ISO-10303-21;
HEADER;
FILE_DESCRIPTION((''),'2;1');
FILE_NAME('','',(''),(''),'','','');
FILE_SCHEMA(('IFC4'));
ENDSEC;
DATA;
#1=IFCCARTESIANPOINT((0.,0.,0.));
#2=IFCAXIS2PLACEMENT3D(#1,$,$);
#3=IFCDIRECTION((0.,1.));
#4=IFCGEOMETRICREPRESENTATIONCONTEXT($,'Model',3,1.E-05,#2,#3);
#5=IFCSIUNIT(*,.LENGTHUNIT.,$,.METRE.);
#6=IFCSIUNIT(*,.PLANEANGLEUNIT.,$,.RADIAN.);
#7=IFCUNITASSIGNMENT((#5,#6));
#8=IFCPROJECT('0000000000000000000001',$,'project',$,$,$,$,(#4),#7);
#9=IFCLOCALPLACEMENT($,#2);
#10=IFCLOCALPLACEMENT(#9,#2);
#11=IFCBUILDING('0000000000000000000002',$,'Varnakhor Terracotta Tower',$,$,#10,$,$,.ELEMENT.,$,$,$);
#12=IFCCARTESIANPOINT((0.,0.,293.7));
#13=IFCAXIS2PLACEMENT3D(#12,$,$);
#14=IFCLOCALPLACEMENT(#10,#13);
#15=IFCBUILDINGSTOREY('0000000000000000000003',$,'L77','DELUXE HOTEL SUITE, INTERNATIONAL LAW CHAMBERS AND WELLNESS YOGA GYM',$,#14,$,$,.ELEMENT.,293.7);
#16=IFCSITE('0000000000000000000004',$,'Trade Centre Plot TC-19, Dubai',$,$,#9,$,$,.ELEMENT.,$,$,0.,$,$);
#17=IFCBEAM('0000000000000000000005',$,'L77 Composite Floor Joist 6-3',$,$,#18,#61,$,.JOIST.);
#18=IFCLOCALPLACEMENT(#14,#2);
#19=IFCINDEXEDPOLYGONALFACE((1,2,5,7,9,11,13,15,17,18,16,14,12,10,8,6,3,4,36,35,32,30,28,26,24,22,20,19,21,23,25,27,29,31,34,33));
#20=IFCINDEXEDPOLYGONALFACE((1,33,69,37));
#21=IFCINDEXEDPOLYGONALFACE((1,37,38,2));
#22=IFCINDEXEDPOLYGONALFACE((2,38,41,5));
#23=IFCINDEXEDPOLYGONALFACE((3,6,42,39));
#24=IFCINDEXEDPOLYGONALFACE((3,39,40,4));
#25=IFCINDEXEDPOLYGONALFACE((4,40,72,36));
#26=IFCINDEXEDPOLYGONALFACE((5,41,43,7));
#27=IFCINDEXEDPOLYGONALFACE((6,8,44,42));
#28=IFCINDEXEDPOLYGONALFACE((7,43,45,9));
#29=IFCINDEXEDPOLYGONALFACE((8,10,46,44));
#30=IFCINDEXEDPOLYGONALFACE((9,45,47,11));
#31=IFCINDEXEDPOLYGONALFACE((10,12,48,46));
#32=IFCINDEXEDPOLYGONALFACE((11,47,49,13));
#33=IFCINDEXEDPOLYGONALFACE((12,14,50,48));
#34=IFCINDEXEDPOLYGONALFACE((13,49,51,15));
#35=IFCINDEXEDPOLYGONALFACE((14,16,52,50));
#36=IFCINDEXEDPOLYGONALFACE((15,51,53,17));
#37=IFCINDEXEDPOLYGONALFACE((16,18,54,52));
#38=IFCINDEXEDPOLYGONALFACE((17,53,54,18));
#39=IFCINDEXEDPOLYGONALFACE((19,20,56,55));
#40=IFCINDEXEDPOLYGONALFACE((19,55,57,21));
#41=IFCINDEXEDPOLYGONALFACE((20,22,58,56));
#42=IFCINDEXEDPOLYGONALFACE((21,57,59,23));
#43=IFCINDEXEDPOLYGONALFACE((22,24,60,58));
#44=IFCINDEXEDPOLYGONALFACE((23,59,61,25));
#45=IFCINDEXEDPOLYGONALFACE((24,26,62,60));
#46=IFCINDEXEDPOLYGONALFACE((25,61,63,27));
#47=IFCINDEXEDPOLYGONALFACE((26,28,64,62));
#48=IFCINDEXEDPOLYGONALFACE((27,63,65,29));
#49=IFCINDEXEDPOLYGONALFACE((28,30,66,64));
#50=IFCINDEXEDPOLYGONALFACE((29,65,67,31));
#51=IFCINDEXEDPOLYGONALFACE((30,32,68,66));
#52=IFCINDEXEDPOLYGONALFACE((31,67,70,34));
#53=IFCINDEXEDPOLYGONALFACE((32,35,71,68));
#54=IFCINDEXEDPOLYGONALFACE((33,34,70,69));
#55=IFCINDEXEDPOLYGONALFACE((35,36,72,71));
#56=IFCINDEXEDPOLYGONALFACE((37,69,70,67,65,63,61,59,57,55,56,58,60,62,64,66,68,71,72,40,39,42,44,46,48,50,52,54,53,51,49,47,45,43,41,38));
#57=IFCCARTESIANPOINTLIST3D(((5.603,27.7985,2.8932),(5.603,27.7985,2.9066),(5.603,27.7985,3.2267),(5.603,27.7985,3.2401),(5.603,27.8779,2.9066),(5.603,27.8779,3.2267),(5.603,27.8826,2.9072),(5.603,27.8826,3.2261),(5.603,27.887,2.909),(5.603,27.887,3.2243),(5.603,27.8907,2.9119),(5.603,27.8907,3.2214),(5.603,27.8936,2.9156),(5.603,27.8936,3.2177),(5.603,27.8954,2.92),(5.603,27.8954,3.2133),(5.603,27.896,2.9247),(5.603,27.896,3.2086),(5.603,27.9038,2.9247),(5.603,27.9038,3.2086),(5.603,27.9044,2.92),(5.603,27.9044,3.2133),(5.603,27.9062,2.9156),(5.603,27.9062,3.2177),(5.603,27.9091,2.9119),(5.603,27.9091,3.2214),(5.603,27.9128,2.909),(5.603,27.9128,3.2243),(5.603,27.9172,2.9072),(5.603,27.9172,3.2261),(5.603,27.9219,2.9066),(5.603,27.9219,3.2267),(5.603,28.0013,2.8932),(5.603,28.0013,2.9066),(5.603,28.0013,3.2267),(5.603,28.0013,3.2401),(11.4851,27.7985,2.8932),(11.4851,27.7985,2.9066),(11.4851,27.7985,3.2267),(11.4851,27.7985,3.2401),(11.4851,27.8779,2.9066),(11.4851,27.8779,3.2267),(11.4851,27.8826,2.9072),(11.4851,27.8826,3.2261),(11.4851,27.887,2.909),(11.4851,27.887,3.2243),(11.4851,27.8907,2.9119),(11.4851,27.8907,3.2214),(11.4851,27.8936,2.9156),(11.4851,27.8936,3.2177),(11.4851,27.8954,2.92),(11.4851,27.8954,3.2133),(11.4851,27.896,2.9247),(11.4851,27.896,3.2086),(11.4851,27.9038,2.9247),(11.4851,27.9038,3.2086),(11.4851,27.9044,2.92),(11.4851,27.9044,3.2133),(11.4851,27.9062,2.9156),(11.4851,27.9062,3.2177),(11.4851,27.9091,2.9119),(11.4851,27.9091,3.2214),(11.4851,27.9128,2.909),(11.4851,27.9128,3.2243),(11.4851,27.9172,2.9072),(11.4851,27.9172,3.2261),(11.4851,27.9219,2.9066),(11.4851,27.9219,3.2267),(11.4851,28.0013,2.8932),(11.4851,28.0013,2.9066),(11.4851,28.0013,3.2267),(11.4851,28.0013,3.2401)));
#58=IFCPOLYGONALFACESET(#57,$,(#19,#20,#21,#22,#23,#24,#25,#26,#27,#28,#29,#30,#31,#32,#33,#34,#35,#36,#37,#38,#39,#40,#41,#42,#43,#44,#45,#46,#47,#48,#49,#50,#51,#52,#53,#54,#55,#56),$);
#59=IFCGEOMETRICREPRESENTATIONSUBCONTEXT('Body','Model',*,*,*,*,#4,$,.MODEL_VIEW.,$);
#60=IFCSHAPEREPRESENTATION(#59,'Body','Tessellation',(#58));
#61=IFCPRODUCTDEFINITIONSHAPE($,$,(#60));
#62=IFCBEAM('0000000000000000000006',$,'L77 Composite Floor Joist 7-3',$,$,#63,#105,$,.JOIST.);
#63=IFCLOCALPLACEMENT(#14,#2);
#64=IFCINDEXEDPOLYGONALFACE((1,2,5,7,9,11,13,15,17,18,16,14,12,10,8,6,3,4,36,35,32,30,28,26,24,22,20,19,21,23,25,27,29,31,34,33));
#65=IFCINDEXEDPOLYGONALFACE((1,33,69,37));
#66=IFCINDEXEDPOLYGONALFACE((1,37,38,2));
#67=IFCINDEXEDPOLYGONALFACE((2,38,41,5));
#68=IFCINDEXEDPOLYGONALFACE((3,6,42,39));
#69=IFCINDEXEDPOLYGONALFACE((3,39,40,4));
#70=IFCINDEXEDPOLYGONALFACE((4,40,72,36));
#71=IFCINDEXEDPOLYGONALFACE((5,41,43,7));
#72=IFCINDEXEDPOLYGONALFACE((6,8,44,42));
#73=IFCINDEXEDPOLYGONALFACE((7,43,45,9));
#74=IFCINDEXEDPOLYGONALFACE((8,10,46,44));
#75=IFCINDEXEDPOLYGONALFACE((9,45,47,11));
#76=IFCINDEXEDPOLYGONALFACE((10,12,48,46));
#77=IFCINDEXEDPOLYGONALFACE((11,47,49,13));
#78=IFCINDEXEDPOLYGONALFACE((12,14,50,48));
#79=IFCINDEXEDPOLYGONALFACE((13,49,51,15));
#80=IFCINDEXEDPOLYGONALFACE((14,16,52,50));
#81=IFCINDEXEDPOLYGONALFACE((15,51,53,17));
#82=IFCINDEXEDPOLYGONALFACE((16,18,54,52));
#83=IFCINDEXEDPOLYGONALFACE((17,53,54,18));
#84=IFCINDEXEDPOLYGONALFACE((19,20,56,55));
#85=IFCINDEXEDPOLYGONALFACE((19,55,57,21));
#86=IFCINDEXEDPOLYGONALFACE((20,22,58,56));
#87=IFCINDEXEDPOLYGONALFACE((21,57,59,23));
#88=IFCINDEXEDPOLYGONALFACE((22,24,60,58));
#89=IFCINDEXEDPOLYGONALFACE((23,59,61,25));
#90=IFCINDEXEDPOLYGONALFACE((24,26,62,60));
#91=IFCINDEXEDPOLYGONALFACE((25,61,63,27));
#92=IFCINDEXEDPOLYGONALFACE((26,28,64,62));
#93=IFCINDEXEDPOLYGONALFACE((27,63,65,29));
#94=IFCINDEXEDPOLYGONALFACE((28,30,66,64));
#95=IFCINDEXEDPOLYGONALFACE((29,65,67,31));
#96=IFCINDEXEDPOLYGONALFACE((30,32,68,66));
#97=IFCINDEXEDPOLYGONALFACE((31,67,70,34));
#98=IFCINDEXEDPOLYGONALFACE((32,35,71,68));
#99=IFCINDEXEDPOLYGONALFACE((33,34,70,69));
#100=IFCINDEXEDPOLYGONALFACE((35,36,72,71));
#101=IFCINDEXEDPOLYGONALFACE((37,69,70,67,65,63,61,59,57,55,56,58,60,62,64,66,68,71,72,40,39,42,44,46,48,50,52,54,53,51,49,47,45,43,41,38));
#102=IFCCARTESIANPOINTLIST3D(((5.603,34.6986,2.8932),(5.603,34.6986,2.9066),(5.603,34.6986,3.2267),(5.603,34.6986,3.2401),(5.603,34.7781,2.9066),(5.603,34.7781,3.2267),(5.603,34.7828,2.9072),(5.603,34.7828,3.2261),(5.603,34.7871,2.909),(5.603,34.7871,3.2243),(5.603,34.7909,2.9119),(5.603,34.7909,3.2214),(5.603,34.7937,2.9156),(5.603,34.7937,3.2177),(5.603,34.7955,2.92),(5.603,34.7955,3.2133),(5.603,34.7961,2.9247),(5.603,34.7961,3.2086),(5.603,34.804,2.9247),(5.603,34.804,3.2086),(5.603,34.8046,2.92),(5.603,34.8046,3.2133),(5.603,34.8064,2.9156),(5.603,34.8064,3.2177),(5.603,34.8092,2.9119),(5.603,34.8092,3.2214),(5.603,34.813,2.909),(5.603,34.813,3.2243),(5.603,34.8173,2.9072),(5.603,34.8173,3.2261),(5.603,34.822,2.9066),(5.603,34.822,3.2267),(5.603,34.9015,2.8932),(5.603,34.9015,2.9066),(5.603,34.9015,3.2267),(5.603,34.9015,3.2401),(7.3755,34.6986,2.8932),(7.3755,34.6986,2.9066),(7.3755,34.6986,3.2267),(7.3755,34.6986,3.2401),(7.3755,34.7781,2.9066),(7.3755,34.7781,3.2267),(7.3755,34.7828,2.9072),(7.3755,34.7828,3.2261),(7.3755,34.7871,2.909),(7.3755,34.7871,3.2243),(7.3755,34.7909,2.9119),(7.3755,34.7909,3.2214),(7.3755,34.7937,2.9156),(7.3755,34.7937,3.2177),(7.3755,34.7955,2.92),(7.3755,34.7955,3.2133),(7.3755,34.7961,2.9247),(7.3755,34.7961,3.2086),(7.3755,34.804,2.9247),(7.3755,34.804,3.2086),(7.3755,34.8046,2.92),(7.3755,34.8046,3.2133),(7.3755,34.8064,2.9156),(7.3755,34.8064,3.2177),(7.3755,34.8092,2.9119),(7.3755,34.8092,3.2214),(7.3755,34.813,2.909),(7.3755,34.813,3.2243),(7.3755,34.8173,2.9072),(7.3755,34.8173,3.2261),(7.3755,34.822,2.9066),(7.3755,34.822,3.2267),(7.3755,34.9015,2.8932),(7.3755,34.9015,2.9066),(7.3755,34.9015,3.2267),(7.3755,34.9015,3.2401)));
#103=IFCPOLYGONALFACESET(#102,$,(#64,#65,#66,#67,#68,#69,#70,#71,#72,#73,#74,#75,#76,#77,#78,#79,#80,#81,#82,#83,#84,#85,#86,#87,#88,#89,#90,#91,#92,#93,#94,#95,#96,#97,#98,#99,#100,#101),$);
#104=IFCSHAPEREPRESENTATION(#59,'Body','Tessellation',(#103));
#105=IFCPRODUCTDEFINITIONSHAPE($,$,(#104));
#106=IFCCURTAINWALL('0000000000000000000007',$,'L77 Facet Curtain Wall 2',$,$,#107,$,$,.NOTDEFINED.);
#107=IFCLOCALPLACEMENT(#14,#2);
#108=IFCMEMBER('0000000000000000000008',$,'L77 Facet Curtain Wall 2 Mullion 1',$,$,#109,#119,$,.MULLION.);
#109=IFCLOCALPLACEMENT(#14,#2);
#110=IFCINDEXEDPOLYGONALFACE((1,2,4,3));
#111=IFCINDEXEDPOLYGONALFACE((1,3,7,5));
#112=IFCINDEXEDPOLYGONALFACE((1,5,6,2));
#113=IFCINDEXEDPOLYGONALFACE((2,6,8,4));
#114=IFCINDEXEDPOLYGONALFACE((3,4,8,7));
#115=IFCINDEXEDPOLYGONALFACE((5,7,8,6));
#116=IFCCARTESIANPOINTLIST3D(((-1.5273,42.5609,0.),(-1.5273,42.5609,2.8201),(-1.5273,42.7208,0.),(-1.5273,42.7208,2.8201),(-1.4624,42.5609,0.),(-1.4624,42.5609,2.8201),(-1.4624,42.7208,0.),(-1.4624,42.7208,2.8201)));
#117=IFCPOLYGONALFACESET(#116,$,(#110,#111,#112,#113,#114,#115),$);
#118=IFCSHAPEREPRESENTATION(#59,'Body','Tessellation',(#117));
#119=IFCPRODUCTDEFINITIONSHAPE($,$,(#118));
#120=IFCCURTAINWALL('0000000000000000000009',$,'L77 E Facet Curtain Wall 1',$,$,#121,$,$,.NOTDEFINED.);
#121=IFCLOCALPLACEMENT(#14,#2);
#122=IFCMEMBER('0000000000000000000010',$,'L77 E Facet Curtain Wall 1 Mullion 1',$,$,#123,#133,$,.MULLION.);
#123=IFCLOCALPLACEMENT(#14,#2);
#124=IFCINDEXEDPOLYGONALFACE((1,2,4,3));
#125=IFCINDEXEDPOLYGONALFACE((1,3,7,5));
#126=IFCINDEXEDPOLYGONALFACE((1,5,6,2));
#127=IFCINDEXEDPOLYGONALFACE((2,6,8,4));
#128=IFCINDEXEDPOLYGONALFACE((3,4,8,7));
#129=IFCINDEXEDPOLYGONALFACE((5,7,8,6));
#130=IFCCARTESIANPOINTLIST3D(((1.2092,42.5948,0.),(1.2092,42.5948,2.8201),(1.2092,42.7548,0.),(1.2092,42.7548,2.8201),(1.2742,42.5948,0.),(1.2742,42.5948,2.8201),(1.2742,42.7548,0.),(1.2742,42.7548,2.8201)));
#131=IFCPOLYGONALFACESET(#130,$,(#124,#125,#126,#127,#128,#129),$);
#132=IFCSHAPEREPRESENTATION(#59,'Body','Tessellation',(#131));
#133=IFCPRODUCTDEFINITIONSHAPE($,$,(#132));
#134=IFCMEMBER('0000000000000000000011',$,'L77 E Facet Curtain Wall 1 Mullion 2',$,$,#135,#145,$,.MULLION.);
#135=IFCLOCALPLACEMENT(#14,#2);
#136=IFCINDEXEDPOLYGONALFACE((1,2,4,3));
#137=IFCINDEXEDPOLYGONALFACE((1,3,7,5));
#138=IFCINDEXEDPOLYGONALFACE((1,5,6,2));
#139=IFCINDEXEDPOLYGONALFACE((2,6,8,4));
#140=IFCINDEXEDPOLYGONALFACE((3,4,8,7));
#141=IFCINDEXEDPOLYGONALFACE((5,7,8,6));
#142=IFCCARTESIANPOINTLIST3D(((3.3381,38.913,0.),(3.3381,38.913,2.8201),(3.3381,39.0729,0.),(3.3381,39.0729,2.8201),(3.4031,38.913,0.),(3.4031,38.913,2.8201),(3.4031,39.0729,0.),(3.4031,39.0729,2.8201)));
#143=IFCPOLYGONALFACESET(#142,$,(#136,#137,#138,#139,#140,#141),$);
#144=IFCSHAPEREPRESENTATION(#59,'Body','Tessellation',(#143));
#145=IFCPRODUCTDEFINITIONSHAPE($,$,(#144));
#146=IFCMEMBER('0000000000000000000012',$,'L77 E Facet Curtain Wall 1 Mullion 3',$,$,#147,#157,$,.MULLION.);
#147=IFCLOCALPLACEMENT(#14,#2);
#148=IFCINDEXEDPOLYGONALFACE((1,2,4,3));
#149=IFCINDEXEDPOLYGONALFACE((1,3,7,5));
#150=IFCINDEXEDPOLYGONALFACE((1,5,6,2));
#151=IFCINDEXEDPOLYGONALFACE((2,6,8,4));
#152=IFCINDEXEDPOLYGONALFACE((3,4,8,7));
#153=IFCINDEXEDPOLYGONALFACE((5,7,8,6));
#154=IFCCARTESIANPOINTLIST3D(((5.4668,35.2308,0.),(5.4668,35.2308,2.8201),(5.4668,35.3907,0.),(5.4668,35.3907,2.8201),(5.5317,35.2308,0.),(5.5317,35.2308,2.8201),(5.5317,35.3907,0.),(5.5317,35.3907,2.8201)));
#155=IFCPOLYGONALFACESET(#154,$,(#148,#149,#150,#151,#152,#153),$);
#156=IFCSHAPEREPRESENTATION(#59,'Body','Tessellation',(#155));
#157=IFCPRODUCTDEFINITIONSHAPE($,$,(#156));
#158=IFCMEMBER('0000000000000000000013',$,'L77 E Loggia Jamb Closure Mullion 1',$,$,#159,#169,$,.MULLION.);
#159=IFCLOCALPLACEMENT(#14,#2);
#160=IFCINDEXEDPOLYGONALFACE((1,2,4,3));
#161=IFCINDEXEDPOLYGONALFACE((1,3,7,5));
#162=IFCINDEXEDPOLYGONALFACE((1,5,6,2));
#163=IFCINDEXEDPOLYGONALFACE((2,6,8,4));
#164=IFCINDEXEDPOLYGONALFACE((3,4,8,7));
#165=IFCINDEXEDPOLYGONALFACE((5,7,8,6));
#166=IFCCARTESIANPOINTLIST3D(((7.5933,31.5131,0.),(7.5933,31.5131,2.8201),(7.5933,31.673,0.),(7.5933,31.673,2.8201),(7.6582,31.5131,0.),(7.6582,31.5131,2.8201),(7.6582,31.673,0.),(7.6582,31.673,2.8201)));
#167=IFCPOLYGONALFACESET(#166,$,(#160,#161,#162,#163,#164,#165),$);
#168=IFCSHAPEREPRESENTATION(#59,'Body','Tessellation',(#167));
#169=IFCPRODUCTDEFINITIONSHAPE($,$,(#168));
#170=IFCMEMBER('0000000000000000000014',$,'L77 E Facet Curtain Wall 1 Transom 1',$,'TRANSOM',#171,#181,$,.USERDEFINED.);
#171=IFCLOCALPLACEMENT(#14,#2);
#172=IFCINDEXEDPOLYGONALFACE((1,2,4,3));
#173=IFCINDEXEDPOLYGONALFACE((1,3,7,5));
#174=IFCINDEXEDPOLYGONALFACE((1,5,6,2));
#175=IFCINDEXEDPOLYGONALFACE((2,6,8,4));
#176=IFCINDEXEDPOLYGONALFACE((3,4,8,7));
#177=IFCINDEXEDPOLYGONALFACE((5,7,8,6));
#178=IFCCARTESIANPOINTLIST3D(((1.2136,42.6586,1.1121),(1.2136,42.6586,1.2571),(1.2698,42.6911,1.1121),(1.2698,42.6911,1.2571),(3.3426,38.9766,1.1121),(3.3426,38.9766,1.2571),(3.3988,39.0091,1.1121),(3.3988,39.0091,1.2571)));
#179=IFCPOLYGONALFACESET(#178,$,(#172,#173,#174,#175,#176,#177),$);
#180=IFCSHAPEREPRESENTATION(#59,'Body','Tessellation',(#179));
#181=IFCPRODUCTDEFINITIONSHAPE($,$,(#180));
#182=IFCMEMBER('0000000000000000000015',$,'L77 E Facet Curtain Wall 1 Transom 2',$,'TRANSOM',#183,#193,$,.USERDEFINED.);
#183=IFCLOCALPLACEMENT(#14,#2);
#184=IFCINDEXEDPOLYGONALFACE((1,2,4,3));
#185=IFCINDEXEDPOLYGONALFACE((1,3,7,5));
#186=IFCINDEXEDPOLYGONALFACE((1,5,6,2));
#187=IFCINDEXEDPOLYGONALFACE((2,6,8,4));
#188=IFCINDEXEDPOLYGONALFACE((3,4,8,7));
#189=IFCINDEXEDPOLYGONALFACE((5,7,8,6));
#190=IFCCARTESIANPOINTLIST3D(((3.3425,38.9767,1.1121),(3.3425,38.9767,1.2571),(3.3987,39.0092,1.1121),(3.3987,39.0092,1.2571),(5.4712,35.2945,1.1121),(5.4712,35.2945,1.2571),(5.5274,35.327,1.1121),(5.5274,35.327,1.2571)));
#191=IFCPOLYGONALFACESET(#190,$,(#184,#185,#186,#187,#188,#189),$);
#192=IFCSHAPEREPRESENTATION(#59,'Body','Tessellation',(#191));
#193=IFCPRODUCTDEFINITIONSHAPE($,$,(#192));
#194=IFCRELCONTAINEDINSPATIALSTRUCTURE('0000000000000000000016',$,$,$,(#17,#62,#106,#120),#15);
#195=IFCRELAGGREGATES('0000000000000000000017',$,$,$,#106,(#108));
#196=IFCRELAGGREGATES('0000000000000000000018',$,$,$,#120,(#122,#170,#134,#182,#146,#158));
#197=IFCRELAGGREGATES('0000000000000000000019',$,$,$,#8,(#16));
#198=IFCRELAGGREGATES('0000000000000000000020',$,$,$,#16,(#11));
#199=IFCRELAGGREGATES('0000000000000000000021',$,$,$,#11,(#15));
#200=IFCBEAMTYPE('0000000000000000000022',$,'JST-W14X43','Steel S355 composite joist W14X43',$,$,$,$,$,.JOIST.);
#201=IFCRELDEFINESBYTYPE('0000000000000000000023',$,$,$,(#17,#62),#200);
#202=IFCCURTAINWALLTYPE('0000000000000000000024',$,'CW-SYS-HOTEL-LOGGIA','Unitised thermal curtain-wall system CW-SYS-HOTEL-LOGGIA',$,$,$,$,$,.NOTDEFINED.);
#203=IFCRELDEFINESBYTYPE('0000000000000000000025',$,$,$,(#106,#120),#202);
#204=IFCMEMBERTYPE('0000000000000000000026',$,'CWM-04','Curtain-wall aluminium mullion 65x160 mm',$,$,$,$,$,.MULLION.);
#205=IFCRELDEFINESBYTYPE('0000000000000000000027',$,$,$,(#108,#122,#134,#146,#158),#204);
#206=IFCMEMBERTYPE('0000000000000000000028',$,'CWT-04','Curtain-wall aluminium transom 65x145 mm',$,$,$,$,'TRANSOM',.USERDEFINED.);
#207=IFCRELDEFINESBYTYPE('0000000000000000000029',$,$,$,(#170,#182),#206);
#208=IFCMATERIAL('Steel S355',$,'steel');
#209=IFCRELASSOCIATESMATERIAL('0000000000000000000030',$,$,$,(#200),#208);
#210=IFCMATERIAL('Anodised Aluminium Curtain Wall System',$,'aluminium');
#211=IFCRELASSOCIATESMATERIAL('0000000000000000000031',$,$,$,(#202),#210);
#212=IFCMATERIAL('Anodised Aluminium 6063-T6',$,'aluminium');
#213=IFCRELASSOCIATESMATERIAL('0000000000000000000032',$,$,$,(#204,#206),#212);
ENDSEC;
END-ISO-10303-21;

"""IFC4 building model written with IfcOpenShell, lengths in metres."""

from ifc_helpers import new_model, si_unit, direction, frame, origin, origin_2d, place, context, subcontext, project, spatial, rectangle, i_section, extrude, source, transform, mapped, material, material_profile, profile_set, type_object, type_shapes, element, aggregate, save


model = new_model("IFC4")

# Units and contexts
model_context = context("Model", 3, precision=1e-05, world=origin(), true_north=direction((0.0, 1.0)))
body_context = subcontext(model_context, "Body", "Model", "MODEL_VIEW")
ifc_project = project(units=[si_unit("LENGTHUNIT", "METRE"), si_unit("PLANEANGLEUNIT", "RADIAN")], contexts=[model_context])

# Site, building, storey
site_placement = place(None, origin())
site = spatial("IfcSite", under=ifc_project, at=site_placement, Name="Trade Centre Plot TC-19, Dubai", CompositionType="ELEMENT", RefElevation=0.0)
building_placement = place(site_placement, origin())
building = spatial("IfcBuilding", under=site, at=building_placement, Name="Varnakhor Terracotta Tower", CompositionType="ELEMENT")
storey_placement = place(building_placement, frame((0.0, 0.0, 293.7)))
storey = spatial("IfcBuildingStorey", under=building, at=storey_placement, Name="L77", Description="DELUXE HOTEL SUITE, INTERNATIONAL LAW CHAMBERS AND WELLNESS YOGA GYM", CompositionType="ELEMENT", Elevation=293.7)

# Shared definitions
ifc_material_1 = material(Name="Steel S355", Category="steel")

# Beams
ifc_material_profile_1 = material_profile(ifc_material_1, i_section(OverallWidth=0.2029, OverallDepth=0.3469, WebThickness=0.0078, FlangeThickness=0.0134, FilletRadius=0.0181, at=origin_2d()), Name="W14X43")
ifc_profile_set_1 = profile_set([ifc_material_profile_1], Name="Steel S355")
beam_type_1 = type_object("IfcBeamType", Name="JST-W14X43", Description="Steel S355 composite joist W14X43", PredefinedType="JOIST", material=ifc_profile_set_1)
shared_shape_1 = source(origin(), body_context, "Body", "SweptSolid", [
    extrude(i_section(OverallWidth=0.2029, OverallDepth=0.3469, WebThickness=0.0078, FlangeThickness=0.0134, FilletRadius=0.0181, at=origin_2d()), origin(), (0.0, 0.0, 1.0), 5.8821),
])
beam_1_placement = place(storey_placement, frame((5.603, 27.8999, 3.0667), z_axis=(1.0, 0.0, 0.0), x_axis=(0.0, 1.0, 0.0)))
element("IfcBeam", 1, at=beam_1_placement, inside=storey, type_object=beam_type_1, Name="L77 Composite Floor Joist 6-3", PredefinedType="JOIST", context=body_context, shape_type="MappedRepresentation", body=[
    mapped(shared_shape_1, transform((0.0, 0.0, 0.0), scale=1.0)),
])
shared_shape_2 = source(origin(), body_context, "Body", "SweptSolid", [
    extrude(i_section(OverallWidth=0.2029, OverallDepth=0.3469, WebThickness=0.0078, FlangeThickness=0.0134, FilletRadius=0.0181, at=origin_2d()), origin(), (0.0, 0.0, 1.0), 1.7725),
])
beam_2_placement = place(storey_placement, frame((5.603, 34.8, 3.0667), z_axis=(1.0, 0.0, 0.0), x_axis=(0.0, 1.0, 0.0)))
element("IfcBeam", 2, at=beam_2_placement, inside=storey, type_object=beam_type_1, Name="L77 Composite Floor Joist 7-3", PredefinedType="JOIST", context=body_context, shape_type="MappedRepresentation", body=[
    mapped(shared_shape_2, transform((0.0, 0.0, 0.0), scale=1.0)),
])

# Curtain wall, member
ifc_material_2 = material(Name="Anodised Aluminium Curtain Wall System", Category="aluminium")
curtain_wall_type = type_object("IfcCurtainWallType", Name="CW-SYS-HOTEL-LOGGIA", Description="Unitised thermal curtain-wall system CW-SYS-HOTEL-LOGGIA", PredefinedType="NOTDEFINED", material=ifc_material_2)
curtain_wall_1_placement = place(storey_placement, origin())
curtain_wall_1 = element("IfcCurtainWall", 3, at=curtain_wall_1_placement, inside=storey, type_object=curtain_wall_type, Name="L77 Facet Curtain Wall 2", PredefinedType="NOTDEFINED")
ifc_material_3 = material(Name="Anodised Aluminium 6063-T6", Category="aluminium")
ifc_material_profile_2 = material_profile(ifc_material_3, rectangle(XDim=0.0649, YDim=0.1599, at=origin_2d()), Name="ALU MULLION 65x160")
ifc_profile_set_2 = profile_set([ifc_material_profile_2], Name="Anodised Aluminium 6063-T6")
member_type_1 = type_object("IfcMemberType", Name="CWM-04", Description="Curtain-wall aluminium mullion 65x160 mm", PredefinedType="MULLION", material=ifc_profile_set_2)
shared_shape_3 = source(origin(), body_context, "Body", "SweptSolid", [
    extrude(rectangle(XDim=0.0649, YDim=0.1599, at=origin_2d()), origin(), (0.0, 0.0, 1.0), 2.8201),
])
type_shapes(member_type_1, [shared_shape_3])
member_1_placement = place(storey_placement, frame((-1.4949, 42.6409, 0.0), z_axis=(0.0, 0.0, 1.0), x_axis=(1.0, 0.0, 0.0)))
member_1 = element("IfcMember", 4, at=member_1_placement, type_object=member_type_1, Name="L77 Facet Curtain Wall 2 Mullion 1", PredefinedType="MULLION", context=body_context, shape_type="MappedRepresentation", body=[
    mapped(shared_shape_3, transform((0.0, 0.0, 0.0), scale=1.0)),
])

# Curtain wall, members
curtain_wall_2_placement = place(storey_placement, origin())
curtain_wall_2 = element("IfcCurtainWall", 5, at=curtain_wall_2_placement, inside=storey, type_object=curtain_wall_type, Name="L77 E Facet Curtain Wall 1", PredefinedType="NOTDEFINED")
member_2_placement = place(storey_placement, frame((1.2417, 42.6748, 0.0), z_axis=(0.0, 0.0, 1.0), x_axis=(1.0, 0.0, 0.0)))
member_2 = element("IfcMember", 6, at=member_2_placement, type_object=member_type_1, Name="L77 E Facet Curtain Wall 1 Mullion 1", PredefinedType="MULLION", context=body_context, shape_type="MappedRepresentation", body=[
    mapped(shared_shape_3, transform((0.0, 0.0, 0.0), scale=1.0)),
])
member_3_placement = place(storey_placement, frame((3.3706, 38.9929, 0.0), z_axis=(0.0, 0.0, 1.0), x_axis=(1.0, 0.0, 0.0)))
member_3 = element("IfcMember", 7, at=member_3_placement, type_object=member_type_1, Name="L77 E Facet Curtain Wall 1 Mullion 2", PredefinedType="MULLION", context=body_context, shape_type="MappedRepresentation", body=[
    mapped(shared_shape_3, transform((0.0, 0.0, 0.0), scale=1.0)),
])
member_4_placement = place(storey_placement, frame((5.4993, 35.3108, 0.0), z_axis=(0.0, 0.0, 1.0), x_axis=(1.0, 0.0, 0.0)))
member_4 = element("IfcMember", 8, at=member_4_placement, type_object=member_type_1, Name="L77 E Facet Curtain Wall 1 Mullion 3", PredefinedType="MULLION", context=body_context, shape_type="MappedRepresentation", body=[
    mapped(shared_shape_3, transform((0.0, 0.0, 0.0), scale=1.0)),
])
member_5_placement = place(storey_placement, frame((7.6257, 31.593, 0.0), z_axis=(0.0, 0.0, 1.0), x_axis=(1.0, 0.0, 0.0)))
member_5 = element("IfcMember", 9, at=member_5_placement, type_object=member_type_1, Name="L77 E Loggia Jamb Closure Mullion 1", PredefinedType="MULLION", context=body_context, shape_type="MappedRepresentation", body=[
    mapped(shared_shape_3, transform((0.0, 0.0, 0.0), scale=1.0)),
])
ifc_material_profile_3 = material_profile(ifc_material_3, rectangle(XDim=0.0649, YDim=0.145, at=origin_2d()), Name="ALU TRANSOM 65x145")
ifc_profile_set_3 = profile_set([ifc_material_profile_3], Name="Anodised Aluminium 6063-T6")
member_type_2 = type_object("IfcMemberType", Name="CWT-04", Description="Curtain-wall aluminium transom 65x145 mm", ElementType="TRANSOM", PredefinedType="USERDEFINED", material=ifc_profile_set_3)
shared_shape_4 = source(origin(), body_context, "Body", "SweptSolid", [
    extrude(rectangle(XDim=0.0649, YDim=0.145, at=origin_2d()), origin(), (0.0, 0.0, 1.0), 4.2532),
])
member_6_placement = place(storey_placement, frame((1.2417, 42.6748, 1.1846), z_axis=(0.500559, -0.865703, 0.0), x_axis=(0.865703, 0.500559, 0.0)))
member_6 = element("IfcMember", 10, at=member_6_placement, type_object=member_type_2, Name="L77 E Facet Curtain Wall 1 Transom 1", ObjectType="TRANSOM", PredefinedType="USERDEFINED", context=body_context, shape_type="MappedRepresentation", body=[
    mapped(shared_shape_4, transform((0.0, 0.0, 0.0), scale=1.0)),
])
member_7_placement = place(storey_placement, frame((3.3706, 38.9929, 1.1846), z_axis=(0.500491, -0.865742, 0.0), x_axis=(0.865742, 0.500491, 0.0)))
member_7 = element("IfcMember", 11, at=member_7_placement, type_object=member_type_2, Name="L77 E Facet Curtain Wall 1 Transom 2", ObjectType="TRANSOM", PredefinedType="USERDEFINED", context=body_context, shape_type="MappedRepresentation", body=[
    mapped(shared_shape_4, transform((0.0, 0.0, 0.0), scale=1.0)),
])

aggregate(curtain_wall_1, [member_1])
aggregate(curtain_wall_2, [member_2, member_6, member_3, member_7, member_4, member_5])

save(model, "model.ifc")
